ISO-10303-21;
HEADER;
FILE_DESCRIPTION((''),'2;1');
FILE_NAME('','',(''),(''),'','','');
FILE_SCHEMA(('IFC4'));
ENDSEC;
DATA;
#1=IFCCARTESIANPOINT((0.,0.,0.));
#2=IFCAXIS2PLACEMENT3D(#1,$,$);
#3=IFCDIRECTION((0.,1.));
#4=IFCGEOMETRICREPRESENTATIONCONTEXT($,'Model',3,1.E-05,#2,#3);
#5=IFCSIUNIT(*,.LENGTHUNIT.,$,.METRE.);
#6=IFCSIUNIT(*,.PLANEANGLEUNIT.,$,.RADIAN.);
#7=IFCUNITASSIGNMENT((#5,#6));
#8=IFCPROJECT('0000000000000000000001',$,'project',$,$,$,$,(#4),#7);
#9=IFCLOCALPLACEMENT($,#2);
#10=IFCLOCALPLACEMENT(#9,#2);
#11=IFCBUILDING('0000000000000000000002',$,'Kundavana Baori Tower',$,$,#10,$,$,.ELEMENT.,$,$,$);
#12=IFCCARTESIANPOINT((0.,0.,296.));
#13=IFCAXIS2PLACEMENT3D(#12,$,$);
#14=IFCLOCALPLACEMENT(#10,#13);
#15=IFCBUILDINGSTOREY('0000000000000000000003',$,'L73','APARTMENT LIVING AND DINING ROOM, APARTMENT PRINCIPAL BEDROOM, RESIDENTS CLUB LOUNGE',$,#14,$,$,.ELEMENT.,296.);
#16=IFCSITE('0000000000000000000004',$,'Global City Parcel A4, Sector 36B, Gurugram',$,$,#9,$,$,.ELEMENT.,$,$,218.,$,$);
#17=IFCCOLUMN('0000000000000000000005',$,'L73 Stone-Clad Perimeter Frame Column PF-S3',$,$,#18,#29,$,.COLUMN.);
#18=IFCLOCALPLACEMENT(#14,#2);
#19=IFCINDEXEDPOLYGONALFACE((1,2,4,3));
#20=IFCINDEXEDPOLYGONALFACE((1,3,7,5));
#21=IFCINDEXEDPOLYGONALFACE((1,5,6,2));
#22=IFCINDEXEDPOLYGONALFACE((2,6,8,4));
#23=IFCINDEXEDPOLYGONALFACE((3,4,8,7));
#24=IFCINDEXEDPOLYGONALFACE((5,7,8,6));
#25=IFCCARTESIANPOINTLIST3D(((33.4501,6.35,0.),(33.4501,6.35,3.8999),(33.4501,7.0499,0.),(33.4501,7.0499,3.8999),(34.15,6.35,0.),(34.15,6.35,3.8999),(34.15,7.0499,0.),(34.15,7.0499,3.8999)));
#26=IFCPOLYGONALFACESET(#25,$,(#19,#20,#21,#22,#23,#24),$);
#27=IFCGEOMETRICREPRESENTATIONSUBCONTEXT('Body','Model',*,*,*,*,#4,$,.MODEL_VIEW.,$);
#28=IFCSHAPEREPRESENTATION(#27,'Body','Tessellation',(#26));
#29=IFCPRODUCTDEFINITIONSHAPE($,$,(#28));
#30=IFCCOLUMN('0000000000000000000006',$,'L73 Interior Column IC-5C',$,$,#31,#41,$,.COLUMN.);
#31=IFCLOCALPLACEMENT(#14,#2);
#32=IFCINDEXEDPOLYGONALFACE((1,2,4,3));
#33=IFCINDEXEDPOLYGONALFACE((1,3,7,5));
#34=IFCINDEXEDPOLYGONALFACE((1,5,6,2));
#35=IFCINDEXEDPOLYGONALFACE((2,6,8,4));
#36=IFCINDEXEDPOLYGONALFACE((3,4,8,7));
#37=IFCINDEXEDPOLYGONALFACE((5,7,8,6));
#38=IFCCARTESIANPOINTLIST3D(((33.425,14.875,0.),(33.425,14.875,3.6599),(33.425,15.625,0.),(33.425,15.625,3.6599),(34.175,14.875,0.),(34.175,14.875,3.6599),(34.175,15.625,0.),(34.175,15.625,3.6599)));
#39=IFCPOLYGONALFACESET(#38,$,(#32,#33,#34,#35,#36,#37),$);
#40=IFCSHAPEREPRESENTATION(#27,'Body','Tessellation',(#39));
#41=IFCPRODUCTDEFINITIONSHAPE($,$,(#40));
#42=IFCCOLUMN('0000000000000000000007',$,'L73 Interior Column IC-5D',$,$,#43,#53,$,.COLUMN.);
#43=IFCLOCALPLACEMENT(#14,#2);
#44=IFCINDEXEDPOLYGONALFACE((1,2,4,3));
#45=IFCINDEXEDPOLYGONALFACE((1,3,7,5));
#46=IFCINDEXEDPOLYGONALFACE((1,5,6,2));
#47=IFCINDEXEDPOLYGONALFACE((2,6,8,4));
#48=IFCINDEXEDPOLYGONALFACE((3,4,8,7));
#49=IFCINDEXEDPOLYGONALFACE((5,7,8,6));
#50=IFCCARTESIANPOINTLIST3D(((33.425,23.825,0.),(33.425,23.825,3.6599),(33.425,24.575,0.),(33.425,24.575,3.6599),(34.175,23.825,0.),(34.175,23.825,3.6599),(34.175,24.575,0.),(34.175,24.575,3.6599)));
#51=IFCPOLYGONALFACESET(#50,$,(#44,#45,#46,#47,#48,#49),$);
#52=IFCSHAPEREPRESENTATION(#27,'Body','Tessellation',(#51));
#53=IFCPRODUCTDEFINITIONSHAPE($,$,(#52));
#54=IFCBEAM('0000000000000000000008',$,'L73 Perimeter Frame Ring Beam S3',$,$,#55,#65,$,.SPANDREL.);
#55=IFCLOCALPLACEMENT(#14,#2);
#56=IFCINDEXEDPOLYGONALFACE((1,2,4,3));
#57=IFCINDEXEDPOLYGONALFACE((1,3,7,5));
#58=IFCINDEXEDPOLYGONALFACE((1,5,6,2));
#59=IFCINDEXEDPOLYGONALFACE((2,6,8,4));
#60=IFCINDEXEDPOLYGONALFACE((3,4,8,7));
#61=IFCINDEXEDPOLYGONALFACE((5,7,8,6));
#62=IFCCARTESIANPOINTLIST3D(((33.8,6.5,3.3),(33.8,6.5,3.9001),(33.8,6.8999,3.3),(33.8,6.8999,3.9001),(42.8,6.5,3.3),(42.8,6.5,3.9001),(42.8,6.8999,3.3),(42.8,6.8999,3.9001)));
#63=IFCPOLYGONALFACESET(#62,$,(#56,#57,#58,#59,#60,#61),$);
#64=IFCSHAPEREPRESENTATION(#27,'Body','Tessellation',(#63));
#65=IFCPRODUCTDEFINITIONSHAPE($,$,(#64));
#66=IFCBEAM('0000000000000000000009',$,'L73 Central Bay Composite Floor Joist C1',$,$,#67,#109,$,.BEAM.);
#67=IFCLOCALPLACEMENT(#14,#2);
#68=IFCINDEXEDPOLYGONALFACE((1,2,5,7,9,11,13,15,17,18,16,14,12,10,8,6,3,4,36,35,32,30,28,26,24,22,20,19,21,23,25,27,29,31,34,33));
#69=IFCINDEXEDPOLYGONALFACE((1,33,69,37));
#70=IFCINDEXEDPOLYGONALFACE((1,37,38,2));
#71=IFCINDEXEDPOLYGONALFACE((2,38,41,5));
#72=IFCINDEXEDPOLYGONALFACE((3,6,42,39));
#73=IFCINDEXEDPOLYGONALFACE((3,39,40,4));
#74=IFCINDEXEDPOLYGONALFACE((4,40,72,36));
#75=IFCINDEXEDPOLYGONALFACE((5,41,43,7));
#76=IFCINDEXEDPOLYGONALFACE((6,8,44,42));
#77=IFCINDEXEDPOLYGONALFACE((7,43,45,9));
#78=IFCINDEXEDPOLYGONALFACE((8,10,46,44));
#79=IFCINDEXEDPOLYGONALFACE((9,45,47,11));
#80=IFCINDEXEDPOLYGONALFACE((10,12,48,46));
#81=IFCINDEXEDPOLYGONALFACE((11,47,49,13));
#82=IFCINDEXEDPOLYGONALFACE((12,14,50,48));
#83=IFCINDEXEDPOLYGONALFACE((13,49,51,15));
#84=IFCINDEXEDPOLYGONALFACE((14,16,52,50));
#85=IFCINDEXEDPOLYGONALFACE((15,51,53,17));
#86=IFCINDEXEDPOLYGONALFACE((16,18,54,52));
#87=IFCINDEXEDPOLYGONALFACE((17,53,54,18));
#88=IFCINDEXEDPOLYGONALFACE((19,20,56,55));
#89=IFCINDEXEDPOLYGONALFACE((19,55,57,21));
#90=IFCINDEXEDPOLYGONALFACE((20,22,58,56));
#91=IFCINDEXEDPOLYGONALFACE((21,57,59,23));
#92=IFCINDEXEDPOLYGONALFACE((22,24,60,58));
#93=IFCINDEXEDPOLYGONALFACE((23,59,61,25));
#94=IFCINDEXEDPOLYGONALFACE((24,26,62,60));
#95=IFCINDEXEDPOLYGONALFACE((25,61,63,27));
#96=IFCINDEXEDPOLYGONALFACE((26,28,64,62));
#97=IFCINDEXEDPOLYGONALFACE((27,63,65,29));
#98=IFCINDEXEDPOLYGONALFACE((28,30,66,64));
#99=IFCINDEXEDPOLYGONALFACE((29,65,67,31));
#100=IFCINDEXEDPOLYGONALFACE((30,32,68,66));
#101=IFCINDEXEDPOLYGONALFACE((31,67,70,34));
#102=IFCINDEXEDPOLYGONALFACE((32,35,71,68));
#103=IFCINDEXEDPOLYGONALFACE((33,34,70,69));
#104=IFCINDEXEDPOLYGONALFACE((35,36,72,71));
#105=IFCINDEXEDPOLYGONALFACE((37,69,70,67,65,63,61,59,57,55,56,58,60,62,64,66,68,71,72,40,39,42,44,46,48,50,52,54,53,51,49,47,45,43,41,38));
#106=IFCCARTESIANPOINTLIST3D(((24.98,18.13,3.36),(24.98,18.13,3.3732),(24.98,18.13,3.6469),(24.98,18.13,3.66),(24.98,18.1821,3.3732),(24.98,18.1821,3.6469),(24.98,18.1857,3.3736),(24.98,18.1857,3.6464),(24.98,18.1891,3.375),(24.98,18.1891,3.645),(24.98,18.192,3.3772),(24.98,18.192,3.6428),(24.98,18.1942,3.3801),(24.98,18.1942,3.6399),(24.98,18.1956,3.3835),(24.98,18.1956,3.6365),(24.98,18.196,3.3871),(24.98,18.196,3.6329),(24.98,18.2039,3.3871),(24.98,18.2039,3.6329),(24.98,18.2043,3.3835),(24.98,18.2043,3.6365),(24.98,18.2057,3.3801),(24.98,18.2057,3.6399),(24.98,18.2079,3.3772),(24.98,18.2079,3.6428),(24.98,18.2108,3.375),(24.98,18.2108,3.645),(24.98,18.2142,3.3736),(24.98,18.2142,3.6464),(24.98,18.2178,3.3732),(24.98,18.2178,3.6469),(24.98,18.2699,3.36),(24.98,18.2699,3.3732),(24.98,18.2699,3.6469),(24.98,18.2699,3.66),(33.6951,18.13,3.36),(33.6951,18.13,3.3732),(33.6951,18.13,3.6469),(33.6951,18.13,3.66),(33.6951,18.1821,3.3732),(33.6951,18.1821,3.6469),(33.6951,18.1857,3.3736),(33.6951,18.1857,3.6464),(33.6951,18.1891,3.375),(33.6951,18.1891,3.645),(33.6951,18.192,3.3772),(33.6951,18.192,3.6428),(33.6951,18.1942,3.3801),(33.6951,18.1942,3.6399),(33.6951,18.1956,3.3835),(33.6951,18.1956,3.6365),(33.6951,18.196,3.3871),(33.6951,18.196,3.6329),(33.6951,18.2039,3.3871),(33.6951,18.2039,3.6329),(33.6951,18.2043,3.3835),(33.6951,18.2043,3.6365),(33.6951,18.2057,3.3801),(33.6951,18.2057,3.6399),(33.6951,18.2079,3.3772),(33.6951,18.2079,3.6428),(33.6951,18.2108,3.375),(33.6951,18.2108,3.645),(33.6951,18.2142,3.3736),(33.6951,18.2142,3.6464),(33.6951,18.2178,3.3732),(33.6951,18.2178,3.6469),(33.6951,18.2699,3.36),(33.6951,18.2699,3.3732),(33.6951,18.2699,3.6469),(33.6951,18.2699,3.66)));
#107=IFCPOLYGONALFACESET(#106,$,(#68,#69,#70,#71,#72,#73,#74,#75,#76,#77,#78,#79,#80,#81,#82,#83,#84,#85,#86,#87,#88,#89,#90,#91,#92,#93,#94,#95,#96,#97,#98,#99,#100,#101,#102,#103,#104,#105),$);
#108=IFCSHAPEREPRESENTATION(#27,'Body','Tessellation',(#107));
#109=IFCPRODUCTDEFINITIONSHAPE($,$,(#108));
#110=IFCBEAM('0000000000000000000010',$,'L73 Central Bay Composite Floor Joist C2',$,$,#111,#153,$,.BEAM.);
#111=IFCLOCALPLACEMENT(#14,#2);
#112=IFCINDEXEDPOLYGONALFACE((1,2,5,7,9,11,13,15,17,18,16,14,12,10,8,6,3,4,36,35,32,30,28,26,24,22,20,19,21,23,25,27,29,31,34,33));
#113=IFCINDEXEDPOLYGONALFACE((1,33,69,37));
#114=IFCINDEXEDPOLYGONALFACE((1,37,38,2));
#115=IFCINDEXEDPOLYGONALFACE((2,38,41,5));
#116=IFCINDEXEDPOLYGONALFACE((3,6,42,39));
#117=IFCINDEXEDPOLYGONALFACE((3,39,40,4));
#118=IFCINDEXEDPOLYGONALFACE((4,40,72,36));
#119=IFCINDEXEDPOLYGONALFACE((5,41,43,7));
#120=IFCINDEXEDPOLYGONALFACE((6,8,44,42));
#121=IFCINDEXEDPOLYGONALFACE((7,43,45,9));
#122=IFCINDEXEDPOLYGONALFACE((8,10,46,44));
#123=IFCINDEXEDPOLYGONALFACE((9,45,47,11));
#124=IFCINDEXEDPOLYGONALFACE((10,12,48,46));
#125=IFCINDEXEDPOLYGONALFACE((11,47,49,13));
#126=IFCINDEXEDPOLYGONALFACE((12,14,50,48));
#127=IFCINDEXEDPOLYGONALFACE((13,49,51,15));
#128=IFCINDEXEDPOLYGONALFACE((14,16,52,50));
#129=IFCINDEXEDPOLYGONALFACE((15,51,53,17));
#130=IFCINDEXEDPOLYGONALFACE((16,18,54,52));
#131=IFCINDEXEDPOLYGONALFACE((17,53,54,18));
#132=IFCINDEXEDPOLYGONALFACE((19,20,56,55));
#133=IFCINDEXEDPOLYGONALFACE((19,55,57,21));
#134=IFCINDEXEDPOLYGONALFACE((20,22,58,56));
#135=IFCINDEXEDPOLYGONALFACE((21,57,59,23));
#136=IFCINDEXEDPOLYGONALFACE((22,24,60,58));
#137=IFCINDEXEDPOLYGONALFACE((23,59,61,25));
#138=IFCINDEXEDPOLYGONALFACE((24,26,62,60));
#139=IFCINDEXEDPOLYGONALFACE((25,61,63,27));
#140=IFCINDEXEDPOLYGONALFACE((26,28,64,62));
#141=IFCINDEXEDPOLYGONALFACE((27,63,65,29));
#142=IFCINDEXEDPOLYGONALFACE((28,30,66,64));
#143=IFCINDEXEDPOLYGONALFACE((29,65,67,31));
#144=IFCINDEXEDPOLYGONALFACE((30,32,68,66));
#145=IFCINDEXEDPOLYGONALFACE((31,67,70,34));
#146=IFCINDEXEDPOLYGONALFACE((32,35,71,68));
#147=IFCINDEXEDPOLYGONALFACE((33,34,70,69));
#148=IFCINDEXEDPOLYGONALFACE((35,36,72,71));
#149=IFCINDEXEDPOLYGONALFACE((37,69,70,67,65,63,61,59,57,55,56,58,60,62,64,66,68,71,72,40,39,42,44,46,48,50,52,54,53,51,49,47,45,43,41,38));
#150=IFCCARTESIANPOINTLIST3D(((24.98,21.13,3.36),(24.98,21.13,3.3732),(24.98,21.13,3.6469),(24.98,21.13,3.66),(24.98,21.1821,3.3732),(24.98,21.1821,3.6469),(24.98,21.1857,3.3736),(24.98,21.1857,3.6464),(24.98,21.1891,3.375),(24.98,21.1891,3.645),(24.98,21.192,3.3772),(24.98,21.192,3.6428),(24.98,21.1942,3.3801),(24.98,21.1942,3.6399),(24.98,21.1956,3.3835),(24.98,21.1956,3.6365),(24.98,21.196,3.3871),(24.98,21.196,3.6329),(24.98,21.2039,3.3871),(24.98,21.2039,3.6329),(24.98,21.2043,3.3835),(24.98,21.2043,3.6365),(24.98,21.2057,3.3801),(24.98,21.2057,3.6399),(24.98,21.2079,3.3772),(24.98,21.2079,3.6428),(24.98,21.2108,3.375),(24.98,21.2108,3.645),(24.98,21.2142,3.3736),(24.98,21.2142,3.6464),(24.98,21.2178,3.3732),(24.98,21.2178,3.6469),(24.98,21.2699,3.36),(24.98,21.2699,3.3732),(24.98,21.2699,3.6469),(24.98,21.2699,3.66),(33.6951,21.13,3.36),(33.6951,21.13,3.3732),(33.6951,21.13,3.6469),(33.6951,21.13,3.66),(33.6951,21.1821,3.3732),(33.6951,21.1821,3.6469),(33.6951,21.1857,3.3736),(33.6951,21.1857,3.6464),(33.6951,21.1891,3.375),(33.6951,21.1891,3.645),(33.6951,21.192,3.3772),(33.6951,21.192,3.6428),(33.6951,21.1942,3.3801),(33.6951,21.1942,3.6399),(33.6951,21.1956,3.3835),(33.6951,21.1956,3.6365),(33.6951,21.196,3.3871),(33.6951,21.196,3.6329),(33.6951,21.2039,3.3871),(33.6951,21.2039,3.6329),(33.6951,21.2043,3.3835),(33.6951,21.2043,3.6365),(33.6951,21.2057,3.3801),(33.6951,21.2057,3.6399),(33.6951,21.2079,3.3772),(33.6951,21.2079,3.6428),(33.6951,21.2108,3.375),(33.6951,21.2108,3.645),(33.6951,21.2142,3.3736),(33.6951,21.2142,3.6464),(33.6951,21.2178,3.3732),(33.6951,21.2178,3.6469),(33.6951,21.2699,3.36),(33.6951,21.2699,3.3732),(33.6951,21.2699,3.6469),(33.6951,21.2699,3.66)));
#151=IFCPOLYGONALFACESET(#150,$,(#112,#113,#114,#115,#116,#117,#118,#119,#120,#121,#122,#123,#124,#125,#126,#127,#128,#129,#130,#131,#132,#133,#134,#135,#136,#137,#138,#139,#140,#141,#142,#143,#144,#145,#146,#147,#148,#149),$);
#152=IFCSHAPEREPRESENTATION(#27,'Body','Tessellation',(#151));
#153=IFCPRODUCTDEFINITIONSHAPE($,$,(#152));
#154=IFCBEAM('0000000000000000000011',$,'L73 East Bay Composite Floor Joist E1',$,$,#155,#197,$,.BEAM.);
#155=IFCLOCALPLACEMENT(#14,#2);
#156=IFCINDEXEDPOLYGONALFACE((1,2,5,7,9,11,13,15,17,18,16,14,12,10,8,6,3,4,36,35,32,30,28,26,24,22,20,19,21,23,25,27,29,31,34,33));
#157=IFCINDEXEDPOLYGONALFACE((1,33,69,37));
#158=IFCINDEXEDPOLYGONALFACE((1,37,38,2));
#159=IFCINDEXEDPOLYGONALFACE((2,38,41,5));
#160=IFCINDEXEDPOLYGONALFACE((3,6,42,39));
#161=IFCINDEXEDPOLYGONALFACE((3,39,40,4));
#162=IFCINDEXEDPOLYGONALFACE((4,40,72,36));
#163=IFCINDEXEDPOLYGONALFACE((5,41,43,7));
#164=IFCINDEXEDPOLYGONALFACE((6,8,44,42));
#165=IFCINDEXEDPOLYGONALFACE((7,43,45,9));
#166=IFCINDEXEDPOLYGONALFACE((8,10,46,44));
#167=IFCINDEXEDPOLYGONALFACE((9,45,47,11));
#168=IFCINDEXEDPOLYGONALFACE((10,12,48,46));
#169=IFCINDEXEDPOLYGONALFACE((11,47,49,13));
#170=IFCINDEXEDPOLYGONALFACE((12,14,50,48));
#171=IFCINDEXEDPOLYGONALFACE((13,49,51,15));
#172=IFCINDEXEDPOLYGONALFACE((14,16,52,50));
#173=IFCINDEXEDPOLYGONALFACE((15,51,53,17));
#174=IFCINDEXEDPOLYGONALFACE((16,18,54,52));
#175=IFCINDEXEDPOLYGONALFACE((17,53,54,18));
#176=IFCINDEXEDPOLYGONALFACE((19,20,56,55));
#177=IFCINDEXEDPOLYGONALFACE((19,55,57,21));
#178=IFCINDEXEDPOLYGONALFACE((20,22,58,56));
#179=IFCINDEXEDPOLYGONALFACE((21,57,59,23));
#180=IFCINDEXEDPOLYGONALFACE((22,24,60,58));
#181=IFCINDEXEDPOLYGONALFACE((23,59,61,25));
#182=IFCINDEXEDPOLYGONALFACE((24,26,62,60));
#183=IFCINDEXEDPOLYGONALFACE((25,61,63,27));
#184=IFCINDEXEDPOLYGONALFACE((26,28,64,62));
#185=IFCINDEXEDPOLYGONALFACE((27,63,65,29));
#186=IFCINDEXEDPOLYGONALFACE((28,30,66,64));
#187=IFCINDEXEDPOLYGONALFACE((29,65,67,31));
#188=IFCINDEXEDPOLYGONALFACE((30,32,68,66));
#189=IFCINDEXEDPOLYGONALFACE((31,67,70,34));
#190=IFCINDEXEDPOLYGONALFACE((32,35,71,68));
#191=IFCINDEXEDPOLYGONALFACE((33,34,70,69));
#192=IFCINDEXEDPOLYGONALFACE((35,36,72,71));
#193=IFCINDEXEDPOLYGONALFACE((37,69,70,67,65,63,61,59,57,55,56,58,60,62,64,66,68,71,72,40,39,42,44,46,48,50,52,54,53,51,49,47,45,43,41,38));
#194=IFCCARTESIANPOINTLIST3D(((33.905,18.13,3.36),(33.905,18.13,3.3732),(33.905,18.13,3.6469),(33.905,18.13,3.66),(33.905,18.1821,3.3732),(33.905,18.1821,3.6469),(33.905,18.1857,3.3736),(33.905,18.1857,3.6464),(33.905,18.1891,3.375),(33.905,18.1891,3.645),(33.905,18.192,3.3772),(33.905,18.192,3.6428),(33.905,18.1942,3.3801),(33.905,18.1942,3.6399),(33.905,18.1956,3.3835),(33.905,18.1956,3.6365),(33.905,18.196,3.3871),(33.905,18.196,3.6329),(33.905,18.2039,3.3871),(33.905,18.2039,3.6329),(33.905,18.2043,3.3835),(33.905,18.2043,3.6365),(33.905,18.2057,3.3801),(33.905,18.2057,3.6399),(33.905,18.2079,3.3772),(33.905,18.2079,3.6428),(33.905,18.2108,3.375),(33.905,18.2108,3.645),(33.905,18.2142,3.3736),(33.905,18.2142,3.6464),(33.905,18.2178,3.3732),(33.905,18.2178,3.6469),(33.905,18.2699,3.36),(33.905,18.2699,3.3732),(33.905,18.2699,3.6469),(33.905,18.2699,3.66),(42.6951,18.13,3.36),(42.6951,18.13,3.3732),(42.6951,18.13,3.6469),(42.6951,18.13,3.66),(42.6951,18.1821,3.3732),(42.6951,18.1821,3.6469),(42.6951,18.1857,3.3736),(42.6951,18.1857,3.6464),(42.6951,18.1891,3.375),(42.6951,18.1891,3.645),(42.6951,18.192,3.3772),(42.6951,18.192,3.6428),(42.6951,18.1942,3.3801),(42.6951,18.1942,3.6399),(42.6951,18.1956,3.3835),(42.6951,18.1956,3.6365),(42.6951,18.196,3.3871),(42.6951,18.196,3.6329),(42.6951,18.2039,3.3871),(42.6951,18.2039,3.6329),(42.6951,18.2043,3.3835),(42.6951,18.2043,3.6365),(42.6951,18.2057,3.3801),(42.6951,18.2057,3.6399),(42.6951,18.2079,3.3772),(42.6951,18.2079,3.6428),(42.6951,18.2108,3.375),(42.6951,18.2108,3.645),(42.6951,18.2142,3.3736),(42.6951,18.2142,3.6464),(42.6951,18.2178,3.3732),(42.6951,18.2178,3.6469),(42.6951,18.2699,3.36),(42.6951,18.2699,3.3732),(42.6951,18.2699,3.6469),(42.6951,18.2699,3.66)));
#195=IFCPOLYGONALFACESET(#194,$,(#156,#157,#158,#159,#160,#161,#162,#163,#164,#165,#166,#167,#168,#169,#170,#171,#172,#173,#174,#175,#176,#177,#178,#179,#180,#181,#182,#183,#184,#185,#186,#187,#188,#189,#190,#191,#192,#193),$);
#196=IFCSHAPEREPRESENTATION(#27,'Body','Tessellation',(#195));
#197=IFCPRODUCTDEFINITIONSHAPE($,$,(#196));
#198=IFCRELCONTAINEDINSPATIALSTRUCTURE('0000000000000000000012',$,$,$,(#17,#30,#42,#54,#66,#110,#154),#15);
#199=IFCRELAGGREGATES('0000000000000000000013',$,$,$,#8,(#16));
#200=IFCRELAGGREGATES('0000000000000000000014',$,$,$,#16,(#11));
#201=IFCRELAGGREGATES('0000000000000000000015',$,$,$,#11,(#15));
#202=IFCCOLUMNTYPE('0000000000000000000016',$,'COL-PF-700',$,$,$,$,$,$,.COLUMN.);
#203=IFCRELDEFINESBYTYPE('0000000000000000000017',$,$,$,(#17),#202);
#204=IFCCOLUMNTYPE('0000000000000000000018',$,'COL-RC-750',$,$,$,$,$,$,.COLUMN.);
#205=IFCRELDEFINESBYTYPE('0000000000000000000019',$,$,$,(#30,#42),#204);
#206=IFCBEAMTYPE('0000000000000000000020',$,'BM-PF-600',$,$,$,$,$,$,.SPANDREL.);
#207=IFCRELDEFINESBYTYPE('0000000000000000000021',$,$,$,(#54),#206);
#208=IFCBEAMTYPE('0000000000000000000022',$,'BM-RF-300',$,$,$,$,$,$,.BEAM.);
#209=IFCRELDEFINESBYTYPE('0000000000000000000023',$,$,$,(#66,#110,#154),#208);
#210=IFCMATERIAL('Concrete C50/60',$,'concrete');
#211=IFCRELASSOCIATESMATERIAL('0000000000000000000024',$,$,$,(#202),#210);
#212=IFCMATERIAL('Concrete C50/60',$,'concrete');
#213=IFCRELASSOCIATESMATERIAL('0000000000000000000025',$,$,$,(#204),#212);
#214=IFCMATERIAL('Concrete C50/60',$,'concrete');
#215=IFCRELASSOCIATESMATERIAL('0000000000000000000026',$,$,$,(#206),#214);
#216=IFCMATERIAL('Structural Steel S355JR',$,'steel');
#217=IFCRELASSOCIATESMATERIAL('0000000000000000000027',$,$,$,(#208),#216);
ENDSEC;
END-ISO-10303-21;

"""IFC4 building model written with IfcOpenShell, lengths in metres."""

from ifc_helpers import new_model, si_unit, direction, frame, origin, origin_2d, place, context, subcontext, project, spatial, rectangle, i_section, extrude, material, material_profile, profile_set, type_object, element, save


model = new_model("IFC4")

# Units and contexts
model_context = context("Model", 3, precision=1e-05, world=origin(), true_north=direction((0.0, 1.0)))
body_context = subcontext(model_context, "Body", "Model", "MODEL_VIEW")
ifc_project = project(units=[si_unit("LENGTHUNIT", "METRE"), si_unit("PLANEANGLEUNIT", "RADIAN")], contexts=[model_context])

# Site, building, storey
site_placement = place(None, origin())
site = spatial("IfcSite", under=ifc_project, at=site_placement, Name="Global City Parcel A4, Sector 36B, Gurugram", CompositionType="ELEMENT", RefElevation=218.0)
building_placement = place(site_placement, origin())
building = spatial("IfcBuilding", under=site, at=building_placement, Name="Kundavana Baori Tower", CompositionType="ELEMENT")
storey_placement = place(building_placement, frame((0.0, 0.0, 296.0)))
storey = spatial("IfcBuildingStorey", under=building, at=storey_placement, Name="L73", Description="APARTMENT LIVING AND DINING ROOM, APARTMENT PRINCIPAL BEDROOM, RESIDENTS CLUB LOUNGE", CompositionType="ELEMENT", Elevation=296.0)

# Columns
ifc_material_1 = material(Name="Concrete C50/60", Category="concrete")
ifc_material_profile_1 = material_profile(ifc_material_1, rectangle(XDim=0.7, YDim=0.7, at=origin_2d()), Name="RC PF 700x700")
ifc_profile_set_1 = profile_set([ifc_material_profile_1], Name="Concrete C50/60")
column_type_1 = type_object("IfcColumnType", Name="COL-PF-700", PredefinedType="COLUMN", material=ifc_profile_set_1)
column_placement = place(storey_placement, frame((33.8, 6.7, 0.0), z_axis=(0.0, 0.0, 1.0), x_axis=(1.0, 0.0, 0.0)))
element("IfcColumn", 1, at=column_placement, inside=storey, type_object=column_type_1, Name="L73 Stone-Clad Perimeter Frame Column PF-S3", PredefinedType="COLUMN", context=body_context, shape_type="SweptSolid", body=[
    extrude(rectangle(XDim=0.7, YDim=0.7, at=origin_2d()), origin(), (0.0, 0.0, 1.0), 3.8999),
])
ifc_material_2 = material(Name="Concrete C50/60", Category="concrete")
ifc_material_profile_2 = material_profile(ifc_material_2, rectangle(XDim=0.75, YDim=0.75, at=origin_2d()), Name="RC 750x750")
ifc_profile_set_2 = profile_set([ifc_material_profile_2], Name="Concrete C50/60")
column_type_2 = type_object("IfcColumnType", Name="COL-RC-750", PredefinedType="COLUMN", material=ifc_profile_set_2)
for number, where, z_axis, x_axis, name in (
    (2, (33.8, 15.25, 0.0), (0.0, 0.0, 1.0), (1.0, 0.0, 0.0), "L73 Interior Column IC-5C"),
    (3, (33.8, 24.2, 0.0), (0.0, 0.0, 1.0), (1.0, 0.0, 0.0), "L73 Interior Column IC-5D"),
):
    element("IfcColumn", number, at=place(storey_placement, frame(where, z_axis=z_axis, x_axis=x_axis)), inside=storey, type_object=column_type_2, Name=name, PredefinedType="COLUMN", context=body_context, shape_type="SweptSolid", body=[
        extrude(rectangle(XDim=0.75, YDim=0.75, at=origin_2d()), origin(), (0.0, 0.0, 1.0), 3.6599),
    ])

# Beams
ifc_material_3 = material(Name="Concrete C50/60", Category="concrete")
ifc_material_profile_3 = material_profile(ifc_material_3, rectangle(XDim=0.3999, YDim=0.6001, at=origin_2d()), Name="RC BM 400x600")
ifc_profile_set_3 = profile_set([ifc_material_profile_3], Name="Concrete C50/60")
beam_type_1 = type_object("IfcBeamType", Name="BM-PF-600", PredefinedType="SPANDREL", material=ifc_profile_set_3)
beam_1_placement = place(storey_placement, frame((33.8, 6.7, 3.6001), z_axis=(1.0, 0.0, 0.0), x_axis=(0.0, 1.0, 0.0)))
element("IfcBeam", 4, at=beam_1_placement, inside=storey, type_object=beam_type_1, Name="L73 Perimeter Frame Ring Beam S3", PredefinedType="SPANDREL", context=body_context, shape_type="SweptSolid", body=[
    extrude(rectangle(XDim=0.3999, YDim=0.6001, at=origin_2d()), origin(), (0.0, 0.0, 1.0), 9.0),
])
ifc_material_4 = material(Name="Structural Steel S355JR", Category="steel")
ifc_material_profile_4 = material_profile(ifc_material_4, i_section(OverallWidth=0.1399, OverallDepth=0.3, WebThickness=0.0078, FlangeThickness=0.0132, FilletRadius=0.0139, at=origin_2d()), Name="ISMB 300")
ifc_profile_set_4 = profile_set([ifc_material_profile_4], Name="Structural Steel S355JR")
beam_type_2 = type_object("IfcBeamType", Name="BM-RF-300", PredefinedType="BEAM", material=ifc_profile_set_4)
for number, where, z_axis, x_axis, name in (
    (5, (24.98, 18.2, 3.51), (1.0, 0.0, 0.0), (0.0, 1.0, 0.0), "L73 Central Bay Composite Floor Joist C1"),
    (6, (24.98, 21.2, 3.51), (1.0, 0.0, 0.0), (0.0, 1.0, 0.0), "L73 Central Bay Composite Floor Joist C2"),
):
    element("IfcBeam", number, at=place(storey_placement, frame(where, z_axis=z_axis, x_axis=x_axis)), inside=storey, type_object=beam_type_2, Name=name, PredefinedType="BEAM", context=body_context, shape_type="SweptSolid", body=[
        extrude(i_section(OverallWidth=0.1399, OverallDepth=0.3, WebThickness=0.0078, FlangeThickness=0.0132, FilletRadius=0.0139, at=origin_2d()), origin(), (0.0, 0.0, 1.0), 8.7151),
    ])
for number, where, z_axis, x_axis, name in (
    (7, (33.905, 18.2, 3.51), (1.0, 0.0, 0.0), (0.0, 1.0, 0.0), "L73 East Bay Composite Floor Joist E1"),
):
    element("IfcBeam", number, at=place(storey_placement, frame(where, z_axis=z_axis, x_axis=x_axis)), inside=storey, type_object=beam_type_2, Name=name, PredefinedType="BEAM", context=body_context, shape_type="SweptSolid", body=[
        extrude(i_section(OverallWidth=0.1399, OverallDepth=0.3, WebThickness=0.0078, FlangeThickness=0.0132, FilletRadius=0.0139, at=origin_2d()), origin(), (0.0, 0.0, 1.0), 8.79),
    ])

save(model, "model.ifc")
